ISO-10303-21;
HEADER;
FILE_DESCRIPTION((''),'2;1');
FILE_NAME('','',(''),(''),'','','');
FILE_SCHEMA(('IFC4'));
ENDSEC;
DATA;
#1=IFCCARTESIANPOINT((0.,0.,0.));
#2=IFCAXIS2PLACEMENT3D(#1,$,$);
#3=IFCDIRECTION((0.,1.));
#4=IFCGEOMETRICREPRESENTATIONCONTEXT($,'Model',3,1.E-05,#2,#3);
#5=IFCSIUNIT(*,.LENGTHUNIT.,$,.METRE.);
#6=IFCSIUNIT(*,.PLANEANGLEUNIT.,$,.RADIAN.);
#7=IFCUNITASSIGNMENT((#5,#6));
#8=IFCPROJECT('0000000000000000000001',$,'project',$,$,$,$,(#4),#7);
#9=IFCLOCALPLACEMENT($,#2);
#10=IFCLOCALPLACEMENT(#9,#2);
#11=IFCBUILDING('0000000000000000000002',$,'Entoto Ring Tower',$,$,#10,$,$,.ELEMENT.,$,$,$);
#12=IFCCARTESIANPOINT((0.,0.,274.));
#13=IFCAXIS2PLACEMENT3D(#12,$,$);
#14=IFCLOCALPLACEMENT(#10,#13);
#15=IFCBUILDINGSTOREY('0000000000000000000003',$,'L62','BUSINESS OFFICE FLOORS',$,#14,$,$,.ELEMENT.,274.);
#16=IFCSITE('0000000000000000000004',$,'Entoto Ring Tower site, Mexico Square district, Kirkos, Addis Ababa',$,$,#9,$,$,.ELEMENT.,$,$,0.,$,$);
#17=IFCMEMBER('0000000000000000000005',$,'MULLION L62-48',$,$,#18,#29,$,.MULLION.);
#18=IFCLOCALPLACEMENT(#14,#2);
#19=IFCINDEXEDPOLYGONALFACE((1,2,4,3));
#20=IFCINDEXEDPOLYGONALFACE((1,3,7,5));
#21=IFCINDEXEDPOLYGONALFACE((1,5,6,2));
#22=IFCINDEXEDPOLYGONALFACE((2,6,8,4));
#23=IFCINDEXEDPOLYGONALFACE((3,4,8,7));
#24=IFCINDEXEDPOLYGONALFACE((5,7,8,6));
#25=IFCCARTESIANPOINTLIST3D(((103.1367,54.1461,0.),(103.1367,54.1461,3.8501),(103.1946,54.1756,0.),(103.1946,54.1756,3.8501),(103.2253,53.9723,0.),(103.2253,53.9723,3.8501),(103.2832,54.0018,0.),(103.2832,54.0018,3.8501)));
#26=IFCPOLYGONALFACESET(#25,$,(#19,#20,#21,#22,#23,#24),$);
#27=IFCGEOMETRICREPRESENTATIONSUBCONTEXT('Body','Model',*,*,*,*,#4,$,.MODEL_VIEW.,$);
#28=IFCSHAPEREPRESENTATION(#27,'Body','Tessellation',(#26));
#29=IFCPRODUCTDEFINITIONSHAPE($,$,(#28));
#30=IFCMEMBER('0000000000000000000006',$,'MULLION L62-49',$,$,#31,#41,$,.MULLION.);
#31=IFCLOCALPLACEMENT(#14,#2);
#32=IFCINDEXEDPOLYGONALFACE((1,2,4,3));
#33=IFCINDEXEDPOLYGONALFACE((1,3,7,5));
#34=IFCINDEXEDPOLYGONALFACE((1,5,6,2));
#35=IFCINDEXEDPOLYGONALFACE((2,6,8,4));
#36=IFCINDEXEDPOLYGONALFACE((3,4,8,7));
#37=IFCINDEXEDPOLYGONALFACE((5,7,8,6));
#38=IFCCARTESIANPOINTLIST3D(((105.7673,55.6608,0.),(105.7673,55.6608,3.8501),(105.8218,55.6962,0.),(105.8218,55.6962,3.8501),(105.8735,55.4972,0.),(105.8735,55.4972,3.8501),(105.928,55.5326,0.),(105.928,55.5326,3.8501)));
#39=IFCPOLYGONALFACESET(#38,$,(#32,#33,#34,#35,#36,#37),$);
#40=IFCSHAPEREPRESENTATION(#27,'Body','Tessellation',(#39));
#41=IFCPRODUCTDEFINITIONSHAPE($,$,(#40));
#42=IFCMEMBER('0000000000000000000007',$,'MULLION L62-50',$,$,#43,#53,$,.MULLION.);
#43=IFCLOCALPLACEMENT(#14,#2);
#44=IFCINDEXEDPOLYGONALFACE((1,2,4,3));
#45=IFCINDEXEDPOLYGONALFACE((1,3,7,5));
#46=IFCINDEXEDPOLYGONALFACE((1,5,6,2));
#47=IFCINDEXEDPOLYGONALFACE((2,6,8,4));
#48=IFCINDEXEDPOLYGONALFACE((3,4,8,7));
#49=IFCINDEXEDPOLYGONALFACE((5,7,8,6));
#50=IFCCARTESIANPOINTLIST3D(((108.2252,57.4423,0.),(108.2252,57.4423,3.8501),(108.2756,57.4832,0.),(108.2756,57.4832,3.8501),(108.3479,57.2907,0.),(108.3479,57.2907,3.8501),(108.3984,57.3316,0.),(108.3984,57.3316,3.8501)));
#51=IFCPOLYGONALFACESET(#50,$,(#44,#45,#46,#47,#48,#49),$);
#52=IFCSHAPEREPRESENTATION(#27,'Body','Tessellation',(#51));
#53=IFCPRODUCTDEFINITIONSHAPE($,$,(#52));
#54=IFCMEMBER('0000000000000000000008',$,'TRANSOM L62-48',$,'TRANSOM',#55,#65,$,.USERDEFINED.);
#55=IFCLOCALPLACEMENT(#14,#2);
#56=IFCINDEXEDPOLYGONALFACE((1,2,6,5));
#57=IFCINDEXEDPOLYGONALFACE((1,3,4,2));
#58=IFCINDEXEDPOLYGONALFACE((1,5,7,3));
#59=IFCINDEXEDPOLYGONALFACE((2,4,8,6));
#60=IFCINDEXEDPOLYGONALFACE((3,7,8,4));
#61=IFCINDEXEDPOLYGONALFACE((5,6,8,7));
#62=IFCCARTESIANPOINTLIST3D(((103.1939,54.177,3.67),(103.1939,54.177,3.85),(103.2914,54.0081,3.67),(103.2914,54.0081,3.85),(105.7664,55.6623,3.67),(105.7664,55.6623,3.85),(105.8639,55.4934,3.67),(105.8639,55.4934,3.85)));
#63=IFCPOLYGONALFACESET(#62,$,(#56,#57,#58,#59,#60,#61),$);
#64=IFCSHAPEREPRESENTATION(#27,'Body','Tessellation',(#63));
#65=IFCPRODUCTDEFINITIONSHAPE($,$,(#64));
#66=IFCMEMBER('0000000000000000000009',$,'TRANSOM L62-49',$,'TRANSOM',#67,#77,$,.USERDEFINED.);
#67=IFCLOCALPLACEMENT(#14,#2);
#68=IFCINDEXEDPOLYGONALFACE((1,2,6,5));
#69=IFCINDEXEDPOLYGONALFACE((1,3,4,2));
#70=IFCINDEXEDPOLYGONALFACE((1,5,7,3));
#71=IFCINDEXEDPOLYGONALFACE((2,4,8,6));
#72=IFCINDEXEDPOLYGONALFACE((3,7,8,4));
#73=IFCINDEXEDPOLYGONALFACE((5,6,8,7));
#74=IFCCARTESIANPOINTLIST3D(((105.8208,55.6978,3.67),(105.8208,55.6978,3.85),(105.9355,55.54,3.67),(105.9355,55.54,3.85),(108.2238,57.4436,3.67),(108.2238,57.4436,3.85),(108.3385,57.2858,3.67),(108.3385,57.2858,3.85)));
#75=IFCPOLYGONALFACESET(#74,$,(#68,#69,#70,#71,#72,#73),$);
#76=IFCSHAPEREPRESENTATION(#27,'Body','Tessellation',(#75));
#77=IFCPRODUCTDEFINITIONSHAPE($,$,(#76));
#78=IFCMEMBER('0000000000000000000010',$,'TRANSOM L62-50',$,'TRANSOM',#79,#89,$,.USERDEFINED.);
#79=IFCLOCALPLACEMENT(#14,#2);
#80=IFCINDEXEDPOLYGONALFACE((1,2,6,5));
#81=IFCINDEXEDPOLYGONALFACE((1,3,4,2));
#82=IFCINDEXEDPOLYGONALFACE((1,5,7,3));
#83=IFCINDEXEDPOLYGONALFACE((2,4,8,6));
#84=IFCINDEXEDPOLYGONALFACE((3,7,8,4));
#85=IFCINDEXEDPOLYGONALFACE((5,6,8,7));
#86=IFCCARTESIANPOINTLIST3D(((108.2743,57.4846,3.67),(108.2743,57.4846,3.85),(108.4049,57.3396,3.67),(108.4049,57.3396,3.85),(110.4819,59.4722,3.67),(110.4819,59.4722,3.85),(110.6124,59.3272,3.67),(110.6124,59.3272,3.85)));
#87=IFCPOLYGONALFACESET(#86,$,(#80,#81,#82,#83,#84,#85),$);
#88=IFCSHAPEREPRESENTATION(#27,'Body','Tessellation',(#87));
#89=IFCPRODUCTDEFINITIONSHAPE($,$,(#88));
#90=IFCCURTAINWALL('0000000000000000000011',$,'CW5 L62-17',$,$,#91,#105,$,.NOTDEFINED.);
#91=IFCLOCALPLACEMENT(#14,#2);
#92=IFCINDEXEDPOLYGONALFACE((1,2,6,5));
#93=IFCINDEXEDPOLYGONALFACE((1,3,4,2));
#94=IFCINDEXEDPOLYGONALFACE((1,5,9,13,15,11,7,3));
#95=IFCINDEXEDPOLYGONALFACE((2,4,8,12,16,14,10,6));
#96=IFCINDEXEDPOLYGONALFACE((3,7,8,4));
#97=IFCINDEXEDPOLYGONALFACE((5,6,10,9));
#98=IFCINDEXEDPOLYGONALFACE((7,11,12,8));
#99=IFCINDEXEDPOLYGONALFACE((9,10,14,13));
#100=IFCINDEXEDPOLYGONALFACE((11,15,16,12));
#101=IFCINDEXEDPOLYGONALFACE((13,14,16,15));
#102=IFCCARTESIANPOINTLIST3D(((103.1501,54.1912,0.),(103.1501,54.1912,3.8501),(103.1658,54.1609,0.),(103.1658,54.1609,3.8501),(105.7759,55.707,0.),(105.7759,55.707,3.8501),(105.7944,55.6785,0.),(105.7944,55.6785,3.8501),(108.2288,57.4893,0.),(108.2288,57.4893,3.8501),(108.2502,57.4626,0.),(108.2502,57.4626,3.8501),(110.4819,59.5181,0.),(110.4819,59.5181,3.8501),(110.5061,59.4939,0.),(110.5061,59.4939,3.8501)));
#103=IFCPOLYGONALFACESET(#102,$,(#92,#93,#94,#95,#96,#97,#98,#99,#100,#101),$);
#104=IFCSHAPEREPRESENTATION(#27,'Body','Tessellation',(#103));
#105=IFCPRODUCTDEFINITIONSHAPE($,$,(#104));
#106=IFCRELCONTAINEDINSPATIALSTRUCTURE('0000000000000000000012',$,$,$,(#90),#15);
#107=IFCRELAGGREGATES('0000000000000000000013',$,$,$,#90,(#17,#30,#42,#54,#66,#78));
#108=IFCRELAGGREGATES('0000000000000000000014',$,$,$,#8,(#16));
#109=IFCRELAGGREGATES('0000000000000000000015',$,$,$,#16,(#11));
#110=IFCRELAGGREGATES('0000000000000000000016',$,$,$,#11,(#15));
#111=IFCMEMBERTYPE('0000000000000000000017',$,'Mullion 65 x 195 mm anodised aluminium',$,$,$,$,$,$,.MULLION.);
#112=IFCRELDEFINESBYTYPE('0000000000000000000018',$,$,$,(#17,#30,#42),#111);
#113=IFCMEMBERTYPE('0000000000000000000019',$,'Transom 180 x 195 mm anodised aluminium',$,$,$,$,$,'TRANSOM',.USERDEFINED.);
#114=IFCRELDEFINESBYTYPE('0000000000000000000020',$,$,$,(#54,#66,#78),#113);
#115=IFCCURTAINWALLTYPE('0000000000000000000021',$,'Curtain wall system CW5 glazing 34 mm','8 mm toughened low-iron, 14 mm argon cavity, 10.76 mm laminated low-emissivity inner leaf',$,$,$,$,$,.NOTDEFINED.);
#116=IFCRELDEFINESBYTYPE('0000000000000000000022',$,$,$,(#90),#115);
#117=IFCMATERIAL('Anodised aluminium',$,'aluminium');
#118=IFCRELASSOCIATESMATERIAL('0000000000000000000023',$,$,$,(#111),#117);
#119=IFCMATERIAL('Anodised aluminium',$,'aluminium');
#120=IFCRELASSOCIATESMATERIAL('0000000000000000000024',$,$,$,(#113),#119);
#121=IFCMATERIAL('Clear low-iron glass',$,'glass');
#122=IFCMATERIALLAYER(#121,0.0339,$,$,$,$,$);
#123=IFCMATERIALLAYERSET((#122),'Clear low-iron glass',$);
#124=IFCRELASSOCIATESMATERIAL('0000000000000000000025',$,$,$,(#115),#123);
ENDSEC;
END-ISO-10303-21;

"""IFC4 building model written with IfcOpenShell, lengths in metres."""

from ifc_helpers import new_model, si_unit, direction, frame, origin, origin_2d, place, context, subcontext, project, spatial, polyline, rectangle, outline, extrude, material, layer, layer_set, material_profile, profile_set, type_object, element, aggregate, save


model = new_model("IFC4")

# Units and contexts
model_context = context("Model", 3, precision=1e-05, world=origin(), true_north=direction((0.0, 1.0)))
body_context = subcontext(model_context, "Body", "Model", "MODEL_VIEW")
ifc_project = project(units=[si_unit("LENGTHUNIT", "METRE"), si_unit("PLANEANGLEUNIT", "RADIAN")], contexts=[model_context])

# Members
ifc_material_1 = material(Name="Anodised aluminium", Category="aluminium")
ifc_material_profile_1 = material_profile(ifc_material_1, rectangle(XDim=0.0649, YDim=0.1951, at=origin_2d()), Name="Mullion 65 x 195 mm anodised aluminium")
ifc_profile_set_1 = profile_set([ifc_material_profile_1], Name="Anodised aluminium")
member_type_1 = type_object("IfcMemberType", Name="Mullion 65 x 195 mm anodised aluminium", PredefinedType="MULLION", material=ifc_profile_set_1)
site_placement = place(None, origin())
building_placement = place(site_placement, origin())
storey_placement = place(building_placement, frame((0.0, 0.0, 274.0)))
member_1_placement = place(storey_placement, frame((103.21, 54.074, 0.0), z_axis=(0.0, 0.0, 1.0), x_axis=(0.891007, 0.45399, 0.0)))
member_1 = element("IfcMember", 1, at=member_1_placement, type_object=member_type_1, Name="MULLION L62-48", PredefinedType="MULLION", context=body_context, shape_type="SweptSolid", body=[
    extrude(rectangle(XDim=0.0649, YDim=0.1951, at=origin_2d()), origin(), (0.0, 0.0, 1.0), 3.8501),
])
member_2_placement = place(storey_placement, frame((105.8477, 55.5967, 0.0), z_axis=(0.0, 0.0, 1.0), x_axis=(0.838671, 0.544639, 0.0)))
member_2 = element("IfcMember", 2, at=member_2_placement, type_object=member_type_1, Name="MULLION L62-49", PredefinedType="MULLION", context=body_context, shape_type="SweptSolid", body=[
    extrude(rectangle(XDim=0.0649, YDim=0.1951, at=origin_2d()), origin(), (0.0, 0.0, 1.0), 3.8501),
])
member_3_placement = place(storey_placement, frame((108.3118, 57.387, 0.0), z_axis=(0.0, 0.0, 1.0), x_axis=(0.777146, 0.62932, 0.0)))
member_3 = element("IfcMember", 3, at=member_3_placement, type_object=member_type_1, Name="MULLION L62-50", PredefinedType="MULLION", context=body_context, shape_type="SweptSolid", body=[
    extrude(rectangle(XDim=0.0649, YDim=0.1951, at=origin_2d()), origin(), (0.0, 0.0, 1.0), 3.8501),
])
ifc_material_2 = material(Name="Anodised aluminium", Category="aluminium")
ifc_material_profile_2 = material_profile(ifc_material_2, rectangle(XDim=0.1951, YDim=0.1799, at=origin_2d()), Name="Transom 180 x 195 mm anodised aluminium")
ifc_profile_set_2 = profile_set([ifc_material_profile_2], Name="Anodised aluminium")
member_type_2 = type_object("IfcMemberType", Name="Transom 180 x 195 mm anodised aluminium", ElementType="TRANSOM", PredefinedType="USERDEFINED", material=ifc_profile_set_2)
member_4_placement = place(storey_placement, frame((103.2427, 54.0925, 3.76), z_axis=(0.866009, 0.500028, 0.0), x_axis=(-0.500028, 0.866009, 0.0)))
member_4 = element("IfcMember", 4, at=member_4_placement, type_object=member_type_2, Name="TRANSOM L62-48", ObjectType="TRANSOM", PredefinedType="USERDEFINED", context=body_context, shape_type="SweptSolid", body=[
    extrude(rectangle(XDim=0.1951, YDim=0.1799, at=origin_2d()), origin(), (0.0, 0.0, 1.0), 2.9705),
])
member_5_placement = place(storey_placement, frame((105.8782, 55.6189, 3.76), z_axis=(0.809031, 0.587766, 0.0), x_axis=(-0.587766, 0.809031, 0.0)))
member_5 = element("IfcMember", 5, at=member_5_placement, type_object=member_type_2, Name="TRANSOM L62-49", ObjectType="TRANSOM", PredefinedType="USERDEFINED", context=body_context, shape_type="SweptSolid", body=[
    extrude(rectangle(XDim=0.1951, YDim=0.1799, at=origin_2d()), origin(), (0.0, 0.0, 1.0), 2.9702),
])
member_6_placement = place(storey_placement, frame((108.3396, 57.4121, 3.76), z_axis=(0.743163, 0.66911, 0.0), x_axis=(-0.66911, 0.743163, 0.0)))
member_6 = element("IfcMember", 6, at=member_6_placement, type_object=member_type_2, Name="TRANSOM L62-50", ObjectType="TRANSOM", PredefinedType="USERDEFINED", context=body_context, shape_type="SweptSolid", body=[
    extrude(rectangle(XDim=0.1951, YDim=0.1799, at=origin_2d()), origin(), (0.0, 0.0, 1.0), 2.9705),
])

# Site, building, storey
site = spatial("IfcSite", under=ifc_project, at=site_placement, Name="Entoto Ring Tower site, Mexico Square district, Kirkos, Addis Ababa", CompositionType="ELEMENT", RefElevation=0.0)
building = spatial("IfcBuilding", under=site, at=building_placement, Name="Entoto Ring Tower", CompositionType="ELEMENT")
storey = spatial("IfcBuildingStorey", under=building, at=storey_placement, Name="L62", Description="BUSINESS OFFICE FLOORS", CompositionType="ELEMENT", Elevation=274.0)

# Curtain wall
ifc_material_3 = material(Name="Clear low-iron glass", Category="glass")
ifc_layer = layer(ifc_material_3, 0.0339)
ifc_layer_set = layer_set([ifc_layer], Name="Clear low-iron glass")
curtain_wall_type = type_object("IfcCurtainWallType", Name="Curtain wall system CW5 glazing 34 mm", Description="8 mm toughened low-iron, 14 mm argon cavity, 10.76 mm laminated low-emissivity inner leaf", PredefinedType="NOTDEFINED", material=ifc_layer_set)
curtain_wall_1_placement = place(storey_placement, origin())
curtain_wall_1 = element("IfcCurtainWall", 7, at=curtain_wall_1_placement, inside=storey, type_object=curtain_wall_type, Name="CW5 L62-17", PredefinedType="NOTDEFINED", context=body_context, shape_type="SweptSolid", body=[
    extrude(outline(polyline([(103.1658, 54.1609), (105.7944, 55.6785), (108.2502, 57.4626), (110.5061, 59.4939), (110.4819, 59.5181), (108.2288, 57.4893), (105.7759, 55.707), (103.1501, 54.1912), (103.1658, 54.1609)])), origin(), (0.0, 0.0, 1.0), 3.8501),
])
aggregate(curtain_wall_1, [member_1, member_2, member_3, member_4, member_5, member_6])

save(model, "model.ifc")
